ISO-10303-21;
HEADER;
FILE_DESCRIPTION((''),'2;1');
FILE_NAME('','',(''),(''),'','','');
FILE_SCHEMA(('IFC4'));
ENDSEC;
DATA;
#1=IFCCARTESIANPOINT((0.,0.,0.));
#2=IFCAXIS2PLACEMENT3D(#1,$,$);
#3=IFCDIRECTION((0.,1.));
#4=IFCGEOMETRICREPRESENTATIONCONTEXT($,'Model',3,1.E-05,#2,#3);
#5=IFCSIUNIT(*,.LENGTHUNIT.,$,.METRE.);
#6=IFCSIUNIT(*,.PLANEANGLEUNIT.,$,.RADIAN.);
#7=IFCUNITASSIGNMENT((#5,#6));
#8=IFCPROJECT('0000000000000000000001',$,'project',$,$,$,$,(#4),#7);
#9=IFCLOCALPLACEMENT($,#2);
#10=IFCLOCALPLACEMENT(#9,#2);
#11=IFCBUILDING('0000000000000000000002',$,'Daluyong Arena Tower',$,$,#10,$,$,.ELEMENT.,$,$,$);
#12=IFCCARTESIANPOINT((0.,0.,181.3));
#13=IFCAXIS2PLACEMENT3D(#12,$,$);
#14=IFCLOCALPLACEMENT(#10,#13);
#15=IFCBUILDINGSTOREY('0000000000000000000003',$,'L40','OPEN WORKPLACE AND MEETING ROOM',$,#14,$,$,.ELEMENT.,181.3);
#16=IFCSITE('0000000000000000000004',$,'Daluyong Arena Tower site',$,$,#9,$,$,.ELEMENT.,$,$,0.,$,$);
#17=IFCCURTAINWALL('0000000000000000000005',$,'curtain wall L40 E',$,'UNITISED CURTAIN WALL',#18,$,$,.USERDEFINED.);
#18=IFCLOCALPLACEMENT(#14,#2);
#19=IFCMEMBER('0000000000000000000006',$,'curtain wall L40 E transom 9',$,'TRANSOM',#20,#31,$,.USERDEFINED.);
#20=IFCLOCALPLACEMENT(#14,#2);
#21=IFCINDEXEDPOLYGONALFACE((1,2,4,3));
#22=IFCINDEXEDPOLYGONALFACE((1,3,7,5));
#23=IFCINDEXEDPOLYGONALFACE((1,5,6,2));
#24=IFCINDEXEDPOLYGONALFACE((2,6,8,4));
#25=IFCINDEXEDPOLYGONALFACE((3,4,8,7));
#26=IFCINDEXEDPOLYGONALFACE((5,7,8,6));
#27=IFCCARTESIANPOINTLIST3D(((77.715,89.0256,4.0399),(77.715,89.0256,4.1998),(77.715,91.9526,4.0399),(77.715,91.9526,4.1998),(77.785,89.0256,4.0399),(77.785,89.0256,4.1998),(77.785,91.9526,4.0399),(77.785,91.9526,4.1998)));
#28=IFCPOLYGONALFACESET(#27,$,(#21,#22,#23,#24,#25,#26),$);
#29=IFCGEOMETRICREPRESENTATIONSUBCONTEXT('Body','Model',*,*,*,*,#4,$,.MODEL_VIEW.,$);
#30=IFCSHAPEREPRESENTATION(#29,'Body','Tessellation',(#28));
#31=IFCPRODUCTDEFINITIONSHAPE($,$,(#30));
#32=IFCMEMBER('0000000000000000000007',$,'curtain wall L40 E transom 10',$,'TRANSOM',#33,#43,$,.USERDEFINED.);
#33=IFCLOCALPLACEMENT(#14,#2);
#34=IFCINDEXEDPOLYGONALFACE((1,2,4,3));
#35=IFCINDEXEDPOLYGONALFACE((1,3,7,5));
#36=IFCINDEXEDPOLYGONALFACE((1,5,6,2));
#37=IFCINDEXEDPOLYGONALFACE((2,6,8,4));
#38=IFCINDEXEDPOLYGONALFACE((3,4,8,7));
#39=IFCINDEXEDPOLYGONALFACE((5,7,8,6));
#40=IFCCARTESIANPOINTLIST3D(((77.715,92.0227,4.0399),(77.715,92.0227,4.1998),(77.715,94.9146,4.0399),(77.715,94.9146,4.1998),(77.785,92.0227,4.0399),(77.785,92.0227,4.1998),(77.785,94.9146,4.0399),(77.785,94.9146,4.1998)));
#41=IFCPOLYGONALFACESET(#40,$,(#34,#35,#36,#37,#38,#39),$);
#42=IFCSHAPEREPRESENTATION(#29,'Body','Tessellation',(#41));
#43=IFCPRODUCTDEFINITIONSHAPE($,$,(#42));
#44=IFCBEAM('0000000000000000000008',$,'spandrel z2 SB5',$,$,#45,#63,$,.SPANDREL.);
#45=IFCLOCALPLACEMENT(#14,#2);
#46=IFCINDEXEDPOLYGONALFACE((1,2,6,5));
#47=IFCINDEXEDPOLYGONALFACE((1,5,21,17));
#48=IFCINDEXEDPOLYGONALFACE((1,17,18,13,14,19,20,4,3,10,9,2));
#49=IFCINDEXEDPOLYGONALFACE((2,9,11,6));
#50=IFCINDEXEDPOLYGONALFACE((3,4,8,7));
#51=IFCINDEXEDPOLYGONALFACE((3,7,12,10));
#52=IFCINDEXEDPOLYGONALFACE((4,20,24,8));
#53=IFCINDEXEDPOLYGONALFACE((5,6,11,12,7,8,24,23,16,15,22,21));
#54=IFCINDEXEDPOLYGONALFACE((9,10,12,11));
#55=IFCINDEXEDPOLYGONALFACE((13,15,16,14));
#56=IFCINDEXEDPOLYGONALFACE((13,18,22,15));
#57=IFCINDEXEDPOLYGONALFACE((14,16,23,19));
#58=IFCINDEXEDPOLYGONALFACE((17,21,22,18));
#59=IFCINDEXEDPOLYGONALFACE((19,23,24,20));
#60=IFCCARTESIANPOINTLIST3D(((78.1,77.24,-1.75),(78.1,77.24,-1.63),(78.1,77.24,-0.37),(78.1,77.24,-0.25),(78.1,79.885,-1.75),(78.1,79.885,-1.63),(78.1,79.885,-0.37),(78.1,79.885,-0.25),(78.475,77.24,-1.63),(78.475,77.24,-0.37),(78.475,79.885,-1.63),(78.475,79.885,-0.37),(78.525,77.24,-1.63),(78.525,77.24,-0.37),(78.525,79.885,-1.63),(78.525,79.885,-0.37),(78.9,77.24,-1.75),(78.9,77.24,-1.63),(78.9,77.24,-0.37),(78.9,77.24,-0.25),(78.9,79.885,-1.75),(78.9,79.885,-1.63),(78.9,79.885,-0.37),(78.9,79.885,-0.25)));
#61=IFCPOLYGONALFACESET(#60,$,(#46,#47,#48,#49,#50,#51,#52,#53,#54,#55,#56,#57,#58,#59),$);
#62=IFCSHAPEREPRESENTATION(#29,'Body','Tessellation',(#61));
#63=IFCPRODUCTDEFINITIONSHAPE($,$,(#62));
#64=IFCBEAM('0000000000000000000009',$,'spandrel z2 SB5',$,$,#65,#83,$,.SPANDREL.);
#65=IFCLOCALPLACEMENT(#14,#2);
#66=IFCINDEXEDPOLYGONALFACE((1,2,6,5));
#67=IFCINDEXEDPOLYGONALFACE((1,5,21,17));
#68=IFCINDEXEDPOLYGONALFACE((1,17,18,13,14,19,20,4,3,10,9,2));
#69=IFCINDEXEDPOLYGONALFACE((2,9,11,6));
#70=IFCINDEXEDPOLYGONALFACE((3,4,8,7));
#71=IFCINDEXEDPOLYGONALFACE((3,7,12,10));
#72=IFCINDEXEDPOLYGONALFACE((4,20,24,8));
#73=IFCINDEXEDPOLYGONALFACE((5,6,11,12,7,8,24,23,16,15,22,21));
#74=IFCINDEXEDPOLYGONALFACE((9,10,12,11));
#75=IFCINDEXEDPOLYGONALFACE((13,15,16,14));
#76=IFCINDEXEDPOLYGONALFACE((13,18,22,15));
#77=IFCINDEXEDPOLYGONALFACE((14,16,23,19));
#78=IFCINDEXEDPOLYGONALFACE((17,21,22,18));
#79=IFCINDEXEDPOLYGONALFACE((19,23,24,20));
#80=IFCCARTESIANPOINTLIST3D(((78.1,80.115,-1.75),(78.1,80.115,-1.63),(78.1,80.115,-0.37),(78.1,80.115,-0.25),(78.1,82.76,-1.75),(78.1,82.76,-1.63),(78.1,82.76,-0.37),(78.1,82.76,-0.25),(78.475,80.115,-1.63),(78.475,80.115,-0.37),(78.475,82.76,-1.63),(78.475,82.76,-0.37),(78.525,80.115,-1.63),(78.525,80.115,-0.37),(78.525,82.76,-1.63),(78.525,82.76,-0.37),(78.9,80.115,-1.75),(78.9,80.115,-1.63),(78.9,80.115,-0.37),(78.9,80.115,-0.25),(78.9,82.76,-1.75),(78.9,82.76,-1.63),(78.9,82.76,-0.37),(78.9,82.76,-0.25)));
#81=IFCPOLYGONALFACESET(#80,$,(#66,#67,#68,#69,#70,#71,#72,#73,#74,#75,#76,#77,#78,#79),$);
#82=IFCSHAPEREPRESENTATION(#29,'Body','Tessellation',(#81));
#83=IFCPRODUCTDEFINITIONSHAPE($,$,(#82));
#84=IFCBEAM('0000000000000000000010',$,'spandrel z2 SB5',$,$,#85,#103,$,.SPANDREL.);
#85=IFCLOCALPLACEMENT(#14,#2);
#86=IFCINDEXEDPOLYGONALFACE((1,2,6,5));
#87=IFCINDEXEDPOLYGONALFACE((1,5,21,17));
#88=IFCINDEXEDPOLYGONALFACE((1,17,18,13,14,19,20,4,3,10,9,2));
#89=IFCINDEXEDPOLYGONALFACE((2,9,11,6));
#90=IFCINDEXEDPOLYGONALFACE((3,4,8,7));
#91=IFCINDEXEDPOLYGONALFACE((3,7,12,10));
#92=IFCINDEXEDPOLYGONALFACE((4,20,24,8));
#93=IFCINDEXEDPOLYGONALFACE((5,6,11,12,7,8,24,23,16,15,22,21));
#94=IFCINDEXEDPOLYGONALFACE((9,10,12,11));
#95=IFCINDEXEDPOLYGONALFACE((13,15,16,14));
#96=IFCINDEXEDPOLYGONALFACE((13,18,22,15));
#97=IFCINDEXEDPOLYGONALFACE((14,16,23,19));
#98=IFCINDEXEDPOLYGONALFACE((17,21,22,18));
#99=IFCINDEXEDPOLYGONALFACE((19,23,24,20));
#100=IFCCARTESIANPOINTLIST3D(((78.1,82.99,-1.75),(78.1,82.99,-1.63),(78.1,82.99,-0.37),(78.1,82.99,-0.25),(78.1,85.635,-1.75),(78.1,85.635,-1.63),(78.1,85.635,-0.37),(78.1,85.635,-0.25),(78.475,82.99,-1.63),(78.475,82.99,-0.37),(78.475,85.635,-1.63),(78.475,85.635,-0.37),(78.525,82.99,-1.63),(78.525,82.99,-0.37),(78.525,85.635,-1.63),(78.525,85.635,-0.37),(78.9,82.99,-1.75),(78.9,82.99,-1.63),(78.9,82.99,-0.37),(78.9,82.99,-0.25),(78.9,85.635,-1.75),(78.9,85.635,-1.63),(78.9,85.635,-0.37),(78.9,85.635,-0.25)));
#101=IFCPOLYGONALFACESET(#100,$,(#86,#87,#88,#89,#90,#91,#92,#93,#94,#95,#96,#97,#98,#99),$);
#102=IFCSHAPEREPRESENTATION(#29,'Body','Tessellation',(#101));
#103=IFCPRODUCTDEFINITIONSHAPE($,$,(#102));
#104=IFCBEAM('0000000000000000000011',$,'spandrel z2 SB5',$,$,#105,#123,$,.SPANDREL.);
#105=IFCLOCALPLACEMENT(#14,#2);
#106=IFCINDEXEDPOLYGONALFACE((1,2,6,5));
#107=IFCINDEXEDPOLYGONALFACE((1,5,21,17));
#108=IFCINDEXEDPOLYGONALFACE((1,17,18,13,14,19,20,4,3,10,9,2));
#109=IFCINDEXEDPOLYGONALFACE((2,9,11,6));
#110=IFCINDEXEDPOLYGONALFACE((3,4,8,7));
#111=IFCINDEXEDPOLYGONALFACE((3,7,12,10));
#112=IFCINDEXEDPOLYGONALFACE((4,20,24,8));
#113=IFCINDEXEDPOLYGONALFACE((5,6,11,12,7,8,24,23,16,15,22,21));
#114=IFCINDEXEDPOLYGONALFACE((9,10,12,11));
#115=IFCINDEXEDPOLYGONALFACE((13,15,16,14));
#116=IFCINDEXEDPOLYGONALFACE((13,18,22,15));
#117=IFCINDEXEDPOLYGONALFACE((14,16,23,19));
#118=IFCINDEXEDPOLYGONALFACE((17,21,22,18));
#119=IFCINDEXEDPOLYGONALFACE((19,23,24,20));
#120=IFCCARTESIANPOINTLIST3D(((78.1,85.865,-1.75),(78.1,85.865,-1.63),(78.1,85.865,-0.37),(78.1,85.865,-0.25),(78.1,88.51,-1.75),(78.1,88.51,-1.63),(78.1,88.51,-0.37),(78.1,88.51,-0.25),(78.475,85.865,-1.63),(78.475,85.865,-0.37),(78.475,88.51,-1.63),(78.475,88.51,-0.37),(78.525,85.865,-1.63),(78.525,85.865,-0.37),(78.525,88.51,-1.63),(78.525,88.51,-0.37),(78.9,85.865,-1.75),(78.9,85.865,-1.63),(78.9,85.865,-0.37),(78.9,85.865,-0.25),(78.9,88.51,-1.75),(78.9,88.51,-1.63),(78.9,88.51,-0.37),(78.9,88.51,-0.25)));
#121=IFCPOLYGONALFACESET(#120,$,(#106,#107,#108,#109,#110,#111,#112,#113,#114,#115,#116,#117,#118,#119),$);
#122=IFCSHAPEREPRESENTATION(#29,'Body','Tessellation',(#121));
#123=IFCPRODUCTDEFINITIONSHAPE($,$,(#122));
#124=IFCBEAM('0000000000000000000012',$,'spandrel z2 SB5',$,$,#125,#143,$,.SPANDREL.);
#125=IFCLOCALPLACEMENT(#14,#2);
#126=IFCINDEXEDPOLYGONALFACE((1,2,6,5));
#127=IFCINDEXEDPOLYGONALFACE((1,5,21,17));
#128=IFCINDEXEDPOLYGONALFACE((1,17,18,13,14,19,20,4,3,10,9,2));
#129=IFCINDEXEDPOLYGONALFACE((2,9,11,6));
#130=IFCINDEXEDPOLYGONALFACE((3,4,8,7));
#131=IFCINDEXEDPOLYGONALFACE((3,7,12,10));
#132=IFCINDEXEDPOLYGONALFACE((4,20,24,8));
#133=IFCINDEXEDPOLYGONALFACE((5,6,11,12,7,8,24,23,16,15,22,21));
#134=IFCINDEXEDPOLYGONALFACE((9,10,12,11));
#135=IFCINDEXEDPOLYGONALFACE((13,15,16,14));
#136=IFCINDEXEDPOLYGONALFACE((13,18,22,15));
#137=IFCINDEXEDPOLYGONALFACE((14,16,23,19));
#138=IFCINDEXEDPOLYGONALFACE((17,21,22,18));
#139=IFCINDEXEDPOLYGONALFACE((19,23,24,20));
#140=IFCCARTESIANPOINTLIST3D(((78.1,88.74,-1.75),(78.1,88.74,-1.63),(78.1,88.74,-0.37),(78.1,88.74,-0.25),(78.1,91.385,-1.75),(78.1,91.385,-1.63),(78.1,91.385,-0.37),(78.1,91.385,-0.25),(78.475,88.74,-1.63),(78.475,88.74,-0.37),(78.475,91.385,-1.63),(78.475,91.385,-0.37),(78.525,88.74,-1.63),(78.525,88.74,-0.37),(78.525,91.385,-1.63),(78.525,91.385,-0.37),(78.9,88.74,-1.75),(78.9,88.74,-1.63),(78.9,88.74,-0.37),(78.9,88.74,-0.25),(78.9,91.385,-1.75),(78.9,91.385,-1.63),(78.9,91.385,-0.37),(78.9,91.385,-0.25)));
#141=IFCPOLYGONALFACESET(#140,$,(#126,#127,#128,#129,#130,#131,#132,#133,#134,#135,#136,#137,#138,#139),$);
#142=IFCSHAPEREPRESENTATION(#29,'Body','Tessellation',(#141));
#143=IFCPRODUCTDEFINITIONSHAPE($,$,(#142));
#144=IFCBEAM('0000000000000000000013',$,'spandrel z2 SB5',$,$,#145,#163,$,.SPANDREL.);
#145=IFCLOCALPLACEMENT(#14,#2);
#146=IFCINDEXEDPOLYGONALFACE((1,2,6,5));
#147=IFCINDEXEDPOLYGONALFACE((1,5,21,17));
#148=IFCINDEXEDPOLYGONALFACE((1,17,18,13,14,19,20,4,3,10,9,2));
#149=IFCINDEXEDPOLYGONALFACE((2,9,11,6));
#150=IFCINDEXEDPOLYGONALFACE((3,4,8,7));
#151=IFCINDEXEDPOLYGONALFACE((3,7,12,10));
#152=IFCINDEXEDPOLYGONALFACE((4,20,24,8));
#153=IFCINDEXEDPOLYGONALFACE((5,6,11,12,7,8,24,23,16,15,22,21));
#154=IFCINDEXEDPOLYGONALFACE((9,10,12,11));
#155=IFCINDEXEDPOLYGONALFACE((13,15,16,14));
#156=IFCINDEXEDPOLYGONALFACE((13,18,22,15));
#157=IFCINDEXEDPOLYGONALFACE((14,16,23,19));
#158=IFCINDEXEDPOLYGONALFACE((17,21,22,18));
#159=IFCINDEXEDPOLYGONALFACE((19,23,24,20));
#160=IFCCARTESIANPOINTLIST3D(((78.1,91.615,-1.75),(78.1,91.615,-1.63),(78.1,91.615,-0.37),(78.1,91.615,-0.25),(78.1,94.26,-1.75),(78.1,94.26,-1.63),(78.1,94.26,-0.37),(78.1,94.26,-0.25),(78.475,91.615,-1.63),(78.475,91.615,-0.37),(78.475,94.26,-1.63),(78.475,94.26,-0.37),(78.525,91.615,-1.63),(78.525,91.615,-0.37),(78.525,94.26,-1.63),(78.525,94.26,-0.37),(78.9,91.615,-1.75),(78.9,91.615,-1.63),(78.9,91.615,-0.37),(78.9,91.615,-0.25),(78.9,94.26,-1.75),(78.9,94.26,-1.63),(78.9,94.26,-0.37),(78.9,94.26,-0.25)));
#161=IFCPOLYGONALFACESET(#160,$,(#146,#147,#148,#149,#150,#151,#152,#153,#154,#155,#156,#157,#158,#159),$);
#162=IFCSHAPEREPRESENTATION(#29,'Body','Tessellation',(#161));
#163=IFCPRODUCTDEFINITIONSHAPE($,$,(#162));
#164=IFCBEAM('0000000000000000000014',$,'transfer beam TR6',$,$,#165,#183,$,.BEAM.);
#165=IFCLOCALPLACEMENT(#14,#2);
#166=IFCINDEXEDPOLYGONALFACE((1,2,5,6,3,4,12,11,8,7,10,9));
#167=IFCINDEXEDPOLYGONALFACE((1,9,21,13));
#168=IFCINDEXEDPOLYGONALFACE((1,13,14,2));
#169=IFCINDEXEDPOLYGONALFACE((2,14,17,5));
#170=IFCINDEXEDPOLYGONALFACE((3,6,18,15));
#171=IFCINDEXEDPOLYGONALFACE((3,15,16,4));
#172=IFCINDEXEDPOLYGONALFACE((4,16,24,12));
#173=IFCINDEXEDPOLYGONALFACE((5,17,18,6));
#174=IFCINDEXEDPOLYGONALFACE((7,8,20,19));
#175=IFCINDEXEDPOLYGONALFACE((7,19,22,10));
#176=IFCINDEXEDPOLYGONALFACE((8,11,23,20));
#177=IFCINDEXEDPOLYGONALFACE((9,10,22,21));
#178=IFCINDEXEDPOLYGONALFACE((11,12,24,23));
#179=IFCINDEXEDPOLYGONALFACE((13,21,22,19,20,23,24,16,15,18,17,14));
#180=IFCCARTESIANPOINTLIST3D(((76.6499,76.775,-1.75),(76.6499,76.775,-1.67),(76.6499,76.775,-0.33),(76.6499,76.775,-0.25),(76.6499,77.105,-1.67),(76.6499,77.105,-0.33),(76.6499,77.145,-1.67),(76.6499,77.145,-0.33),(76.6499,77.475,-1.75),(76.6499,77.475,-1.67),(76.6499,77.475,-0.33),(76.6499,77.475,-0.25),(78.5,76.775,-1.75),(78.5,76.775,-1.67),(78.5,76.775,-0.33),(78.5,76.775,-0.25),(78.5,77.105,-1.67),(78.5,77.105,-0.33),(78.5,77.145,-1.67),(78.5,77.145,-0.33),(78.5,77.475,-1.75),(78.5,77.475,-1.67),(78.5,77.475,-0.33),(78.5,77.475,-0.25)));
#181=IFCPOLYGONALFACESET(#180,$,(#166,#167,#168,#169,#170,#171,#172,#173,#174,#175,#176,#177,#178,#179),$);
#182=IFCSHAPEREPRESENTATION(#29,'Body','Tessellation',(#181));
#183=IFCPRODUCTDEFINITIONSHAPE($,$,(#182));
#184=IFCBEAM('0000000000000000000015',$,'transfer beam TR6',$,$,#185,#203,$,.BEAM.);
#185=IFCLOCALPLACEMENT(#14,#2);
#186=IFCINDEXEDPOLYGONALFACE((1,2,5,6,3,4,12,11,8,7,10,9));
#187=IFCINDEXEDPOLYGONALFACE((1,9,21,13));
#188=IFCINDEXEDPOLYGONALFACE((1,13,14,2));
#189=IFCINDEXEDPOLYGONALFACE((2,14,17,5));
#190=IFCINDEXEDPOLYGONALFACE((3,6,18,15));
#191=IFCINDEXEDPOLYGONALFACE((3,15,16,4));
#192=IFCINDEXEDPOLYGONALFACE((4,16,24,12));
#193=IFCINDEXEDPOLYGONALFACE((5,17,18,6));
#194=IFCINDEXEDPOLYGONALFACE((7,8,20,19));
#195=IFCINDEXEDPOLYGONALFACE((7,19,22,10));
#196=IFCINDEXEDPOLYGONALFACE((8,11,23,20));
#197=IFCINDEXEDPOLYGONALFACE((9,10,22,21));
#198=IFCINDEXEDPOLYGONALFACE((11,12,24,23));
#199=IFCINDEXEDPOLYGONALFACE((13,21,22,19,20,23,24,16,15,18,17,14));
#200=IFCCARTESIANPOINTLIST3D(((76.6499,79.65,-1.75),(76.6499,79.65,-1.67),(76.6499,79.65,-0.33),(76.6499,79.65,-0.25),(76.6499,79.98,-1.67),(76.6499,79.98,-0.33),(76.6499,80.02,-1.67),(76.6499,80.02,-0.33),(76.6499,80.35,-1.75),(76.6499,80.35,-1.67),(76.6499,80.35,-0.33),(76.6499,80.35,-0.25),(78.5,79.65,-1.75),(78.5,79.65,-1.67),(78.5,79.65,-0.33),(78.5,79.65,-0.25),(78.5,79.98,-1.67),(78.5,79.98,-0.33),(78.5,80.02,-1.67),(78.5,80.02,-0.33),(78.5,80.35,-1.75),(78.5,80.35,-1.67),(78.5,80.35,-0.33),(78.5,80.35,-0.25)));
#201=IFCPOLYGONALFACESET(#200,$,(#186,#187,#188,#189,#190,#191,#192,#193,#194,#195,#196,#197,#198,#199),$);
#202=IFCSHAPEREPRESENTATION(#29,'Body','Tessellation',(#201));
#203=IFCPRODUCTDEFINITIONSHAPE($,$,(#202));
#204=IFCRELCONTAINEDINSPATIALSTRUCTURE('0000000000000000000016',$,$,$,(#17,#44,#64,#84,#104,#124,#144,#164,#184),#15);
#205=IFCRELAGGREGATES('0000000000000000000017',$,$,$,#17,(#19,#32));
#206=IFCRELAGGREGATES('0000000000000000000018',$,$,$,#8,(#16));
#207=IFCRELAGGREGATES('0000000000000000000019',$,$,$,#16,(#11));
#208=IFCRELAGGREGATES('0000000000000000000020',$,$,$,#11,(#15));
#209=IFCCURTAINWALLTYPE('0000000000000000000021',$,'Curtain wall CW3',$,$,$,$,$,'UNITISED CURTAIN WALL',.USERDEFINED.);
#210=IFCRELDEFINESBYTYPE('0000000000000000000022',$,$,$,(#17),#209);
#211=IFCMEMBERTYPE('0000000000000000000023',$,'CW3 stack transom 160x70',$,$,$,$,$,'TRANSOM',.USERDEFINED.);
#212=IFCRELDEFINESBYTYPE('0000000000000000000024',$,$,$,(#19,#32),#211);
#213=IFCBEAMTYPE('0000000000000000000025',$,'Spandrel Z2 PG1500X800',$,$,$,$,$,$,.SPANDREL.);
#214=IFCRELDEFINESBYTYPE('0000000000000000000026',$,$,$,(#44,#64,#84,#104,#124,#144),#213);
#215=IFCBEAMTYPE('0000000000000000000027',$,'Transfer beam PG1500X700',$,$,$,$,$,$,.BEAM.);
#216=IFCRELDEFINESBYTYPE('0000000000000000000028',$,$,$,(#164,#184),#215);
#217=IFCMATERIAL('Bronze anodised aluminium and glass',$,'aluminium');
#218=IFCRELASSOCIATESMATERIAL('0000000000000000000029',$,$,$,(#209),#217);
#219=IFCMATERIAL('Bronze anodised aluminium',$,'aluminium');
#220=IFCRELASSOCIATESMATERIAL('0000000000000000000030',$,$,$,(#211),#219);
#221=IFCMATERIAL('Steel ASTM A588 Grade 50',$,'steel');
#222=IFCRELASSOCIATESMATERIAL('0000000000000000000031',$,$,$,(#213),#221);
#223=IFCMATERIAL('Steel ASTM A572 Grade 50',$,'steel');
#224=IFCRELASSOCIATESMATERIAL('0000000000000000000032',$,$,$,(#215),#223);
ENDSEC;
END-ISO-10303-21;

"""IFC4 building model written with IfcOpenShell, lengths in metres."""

from ifc_helpers import new_model, si_unit, direction, frame, origin, origin_2d, place, context, subcontext, project, spatial, rectangle, i_section, extrude, material, material_profile, profile_set, type_object, element, aggregate, save


model = new_model("IFC4")

# Units and contexts
model_context = context("Model", 3, precision=1e-05, world=origin(), true_north=direction((0.0, 1.0)))
body_context = subcontext(model_context, "Body", "Model", "MODEL_VIEW")
ifc_project = project(units=[si_unit("LENGTHUNIT", "METRE"), si_unit("PLANEANGLEUNIT", "RADIAN")], contexts=[model_context])

# Site, building, storey
site_placement = place(None, origin())
site = spatial("IfcSite", under=ifc_project, at=site_placement, Name="Daluyong Arena Tower site", CompositionType="ELEMENT", RefElevation=0.0)
building_placement = place(site_placement, origin())
building = spatial("IfcBuilding", under=site, at=building_placement, Name="Daluyong Arena Tower", CompositionType="ELEMENT")
storey_placement = place(building_placement, frame((0.0, 0.0, 181.3)))
storey = spatial("IfcBuildingStorey", under=building, at=storey_placement, Name="L40", Description="OPEN WORKPLACE AND MEETING ROOM", CompositionType="ELEMENT", Elevation=181.3)

# Curtain wall, members
ifc_material_1 = material(Name="Bronze anodised aluminium and glass", Category="aluminium")
curtain_wall_type = type_object("IfcCurtainWallType", Name="Curtain wall CW3", ElementType="UNITISED CURTAIN WALL", PredefinedType="USERDEFINED", material=ifc_material_1)
curtain_wall_placement = place(storey_placement, origin())
curtain_wall = element("IfcCurtainWall", 1, at=curtain_wall_placement, inside=storey, type_object=curtain_wall_type, Name="curtain wall L40 E", ObjectType="UNITISED CURTAIN WALL", PredefinedType="USERDEFINED")
ifc_material_2 = material(Name="Bronze anodised aluminium", Category="aluminium")
ifc_material_profile_1 = material_profile(ifc_material_2, rectangle(XDim=0.0701, YDim=0.1599, at=origin_2d()))
ifc_profile_set_1 = profile_set([ifc_material_profile_1], Name="Bronze anodised aluminium")
member_type_1 = type_object("IfcMemberType", Name="CW3 stack transom 160x70", ElementType="TRANSOM", PredefinedType="USERDEFINED", material=ifc_profile_set_1)
member_1_placement = place(storey_placement, frame((77.75, 89.0256, 4.1199), z_axis=(0.0, 1.0, 0.0), x_axis=(-1.0, 0.0, 0.0)))
member_1 = element("IfcMember", 2, at=member_1_placement, type_object=member_type_1, Name="curtain wall L40 E transom 9", ObjectType="TRANSOM", PredefinedType="USERDEFINED", context=body_context, shape_type="SweptSolid", body=[
    extrude(rectangle(XDim=0.0701, YDim=0.1599, at=origin_2d()), origin(), (0.0, 0.0, 1.0), 2.927),
])
member_2_placement = place(storey_placement, frame((77.75, 92.0227, 4.1199), z_axis=(0.0, 1.0, 0.0), x_axis=(-1.0, 0.0, 0.0)))
member_2 = element("IfcMember", 3, at=member_2_placement, type_object=member_type_1, Name="curtain wall L40 E transom 10", ObjectType="TRANSOM", PredefinedType="USERDEFINED", context=body_context, shape_type="SweptSolid", body=[
    extrude(rectangle(XDim=0.0701, YDim=0.1599, at=origin_2d()), origin(), (0.0, 0.0, 1.0), 2.8918),
])

# Beams
ifc_material_3 = material(Name="Steel ASTM A588 Grade 50", Category="steel")
ifc_material_profile_2 = material_profile(ifc_material_3, i_section(OverallWidth=0.8, OverallDepth=1.5, WebThickness=0.05, FlangeThickness=0.12, at=origin_2d()))
ifc_profile_set_2 = profile_set([ifc_material_profile_2], Name="Steel ASTM A588 Grade 50")
beam_type_1 = type_object("IfcBeamType", Name="Spandrel Z2 PG1500X800", PredefinedType="SPANDREL", material=ifc_profile_set_2)
for number, where, z_axis, x_axis, name in (
    (4, (78.5, 77.24, -1.0), (0.0, 1.0, 0.0), (-1.0, 0.0, 0.0), "spandrel z2 SB5"),
    (5, (78.5, 80.115, -1.0), (0.0, 1.0, 0.0), (-1.0, 0.0, 0.0), "spandrel z2 SB5"),
    (6, (78.5, 82.99, -1.0), (0.0, 1.0, 0.0), (-1.0, 0.0, 0.0), "spandrel z2 SB5"),
    (7, (78.5, 85.865, -1.0), (0.0, 1.0, 0.0), (-1.0, 0.0, 0.0), "spandrel z2 SB5"),
    (8, (78.5, 88.74, -1.0), (0.0, 1.0, 0.0), (-1.0, 0.0, 0.0), "spandrel z2 SB5"),
    (9, (78.5, 91.615, -1.0), (0.0, 1.0, 0.0), (-1.0, 0.0, 0.0), "spandrel z2 SB5"),
):
    element("IfcBeam", number, at=place(storey_placement, frame(where, z_axis=z_axis, x_axis=x_axis)), inside=storey, type_object=beam_type_1, Name=name, PredefinedType="SPANDREL", context=body_context, shape_type="SweptSolid", body=[
        extrude(i_section(OverallWidth=0.8, OverallDepth=1.5, WebThickness=0.05, FlangeThickness=0.12, at=origin_2d()), origin(), (0.0, 0.0, 1.0), 2.645),
    ])
ifc_material_4 = material(Name="Steel ASTM A572 Grade 50", Category="steel")
ifc_material_profile_3 = material_profile(ifc_material_4, i_section(OverallWidth=0.7, OverallDepth=1.5, WebThickness=0.04, FlangeThickness=0.08, at=origin_2d()))
ifc_profile_set_3 = profile_set([ifc_material_profile_3], Name="Steel ASTM A572 Grade 50")
beam_type_2 = type_object("IfcBeamType", Name="Transfer beam PG1500X700", PredefinedType="BEAM", material=ifc_profile_set_3)
for number, where, z_axis, x_axis, name in (
    (10, (78.5, 77.125, -1.0), (-1.0, 0.0, 0.0), (0.0, -1.0, 0.0), "transfer beam TR6"),
    (11, (78.5, 80.0, -1.0), (-1.0, 0.0, 0.0), (0.0, -1.0, 0.0), "transfer beam TR6"),
):
    element("IfcBeam", number, at=place(storey_placement, frame(where, z_axis=z_axis, x_axis=x_axis)), inside=storey, type_object=beam_type_2, Name=name, PredefinedType="BEAM", context=body_context, shape_type="SweptSolid", body=[
        extrude(i_section(OverallWidth=0.7, OverallDepth=1.5, WebThickness=0.04, FlangeThickness=0.08, at=origin_2d()), origin(), (0.0, 0.0, 1.0), 1.8501),
    ])

aggregate(curtain_wall, [member_1, member_2])

save(model, "model.ifc")
